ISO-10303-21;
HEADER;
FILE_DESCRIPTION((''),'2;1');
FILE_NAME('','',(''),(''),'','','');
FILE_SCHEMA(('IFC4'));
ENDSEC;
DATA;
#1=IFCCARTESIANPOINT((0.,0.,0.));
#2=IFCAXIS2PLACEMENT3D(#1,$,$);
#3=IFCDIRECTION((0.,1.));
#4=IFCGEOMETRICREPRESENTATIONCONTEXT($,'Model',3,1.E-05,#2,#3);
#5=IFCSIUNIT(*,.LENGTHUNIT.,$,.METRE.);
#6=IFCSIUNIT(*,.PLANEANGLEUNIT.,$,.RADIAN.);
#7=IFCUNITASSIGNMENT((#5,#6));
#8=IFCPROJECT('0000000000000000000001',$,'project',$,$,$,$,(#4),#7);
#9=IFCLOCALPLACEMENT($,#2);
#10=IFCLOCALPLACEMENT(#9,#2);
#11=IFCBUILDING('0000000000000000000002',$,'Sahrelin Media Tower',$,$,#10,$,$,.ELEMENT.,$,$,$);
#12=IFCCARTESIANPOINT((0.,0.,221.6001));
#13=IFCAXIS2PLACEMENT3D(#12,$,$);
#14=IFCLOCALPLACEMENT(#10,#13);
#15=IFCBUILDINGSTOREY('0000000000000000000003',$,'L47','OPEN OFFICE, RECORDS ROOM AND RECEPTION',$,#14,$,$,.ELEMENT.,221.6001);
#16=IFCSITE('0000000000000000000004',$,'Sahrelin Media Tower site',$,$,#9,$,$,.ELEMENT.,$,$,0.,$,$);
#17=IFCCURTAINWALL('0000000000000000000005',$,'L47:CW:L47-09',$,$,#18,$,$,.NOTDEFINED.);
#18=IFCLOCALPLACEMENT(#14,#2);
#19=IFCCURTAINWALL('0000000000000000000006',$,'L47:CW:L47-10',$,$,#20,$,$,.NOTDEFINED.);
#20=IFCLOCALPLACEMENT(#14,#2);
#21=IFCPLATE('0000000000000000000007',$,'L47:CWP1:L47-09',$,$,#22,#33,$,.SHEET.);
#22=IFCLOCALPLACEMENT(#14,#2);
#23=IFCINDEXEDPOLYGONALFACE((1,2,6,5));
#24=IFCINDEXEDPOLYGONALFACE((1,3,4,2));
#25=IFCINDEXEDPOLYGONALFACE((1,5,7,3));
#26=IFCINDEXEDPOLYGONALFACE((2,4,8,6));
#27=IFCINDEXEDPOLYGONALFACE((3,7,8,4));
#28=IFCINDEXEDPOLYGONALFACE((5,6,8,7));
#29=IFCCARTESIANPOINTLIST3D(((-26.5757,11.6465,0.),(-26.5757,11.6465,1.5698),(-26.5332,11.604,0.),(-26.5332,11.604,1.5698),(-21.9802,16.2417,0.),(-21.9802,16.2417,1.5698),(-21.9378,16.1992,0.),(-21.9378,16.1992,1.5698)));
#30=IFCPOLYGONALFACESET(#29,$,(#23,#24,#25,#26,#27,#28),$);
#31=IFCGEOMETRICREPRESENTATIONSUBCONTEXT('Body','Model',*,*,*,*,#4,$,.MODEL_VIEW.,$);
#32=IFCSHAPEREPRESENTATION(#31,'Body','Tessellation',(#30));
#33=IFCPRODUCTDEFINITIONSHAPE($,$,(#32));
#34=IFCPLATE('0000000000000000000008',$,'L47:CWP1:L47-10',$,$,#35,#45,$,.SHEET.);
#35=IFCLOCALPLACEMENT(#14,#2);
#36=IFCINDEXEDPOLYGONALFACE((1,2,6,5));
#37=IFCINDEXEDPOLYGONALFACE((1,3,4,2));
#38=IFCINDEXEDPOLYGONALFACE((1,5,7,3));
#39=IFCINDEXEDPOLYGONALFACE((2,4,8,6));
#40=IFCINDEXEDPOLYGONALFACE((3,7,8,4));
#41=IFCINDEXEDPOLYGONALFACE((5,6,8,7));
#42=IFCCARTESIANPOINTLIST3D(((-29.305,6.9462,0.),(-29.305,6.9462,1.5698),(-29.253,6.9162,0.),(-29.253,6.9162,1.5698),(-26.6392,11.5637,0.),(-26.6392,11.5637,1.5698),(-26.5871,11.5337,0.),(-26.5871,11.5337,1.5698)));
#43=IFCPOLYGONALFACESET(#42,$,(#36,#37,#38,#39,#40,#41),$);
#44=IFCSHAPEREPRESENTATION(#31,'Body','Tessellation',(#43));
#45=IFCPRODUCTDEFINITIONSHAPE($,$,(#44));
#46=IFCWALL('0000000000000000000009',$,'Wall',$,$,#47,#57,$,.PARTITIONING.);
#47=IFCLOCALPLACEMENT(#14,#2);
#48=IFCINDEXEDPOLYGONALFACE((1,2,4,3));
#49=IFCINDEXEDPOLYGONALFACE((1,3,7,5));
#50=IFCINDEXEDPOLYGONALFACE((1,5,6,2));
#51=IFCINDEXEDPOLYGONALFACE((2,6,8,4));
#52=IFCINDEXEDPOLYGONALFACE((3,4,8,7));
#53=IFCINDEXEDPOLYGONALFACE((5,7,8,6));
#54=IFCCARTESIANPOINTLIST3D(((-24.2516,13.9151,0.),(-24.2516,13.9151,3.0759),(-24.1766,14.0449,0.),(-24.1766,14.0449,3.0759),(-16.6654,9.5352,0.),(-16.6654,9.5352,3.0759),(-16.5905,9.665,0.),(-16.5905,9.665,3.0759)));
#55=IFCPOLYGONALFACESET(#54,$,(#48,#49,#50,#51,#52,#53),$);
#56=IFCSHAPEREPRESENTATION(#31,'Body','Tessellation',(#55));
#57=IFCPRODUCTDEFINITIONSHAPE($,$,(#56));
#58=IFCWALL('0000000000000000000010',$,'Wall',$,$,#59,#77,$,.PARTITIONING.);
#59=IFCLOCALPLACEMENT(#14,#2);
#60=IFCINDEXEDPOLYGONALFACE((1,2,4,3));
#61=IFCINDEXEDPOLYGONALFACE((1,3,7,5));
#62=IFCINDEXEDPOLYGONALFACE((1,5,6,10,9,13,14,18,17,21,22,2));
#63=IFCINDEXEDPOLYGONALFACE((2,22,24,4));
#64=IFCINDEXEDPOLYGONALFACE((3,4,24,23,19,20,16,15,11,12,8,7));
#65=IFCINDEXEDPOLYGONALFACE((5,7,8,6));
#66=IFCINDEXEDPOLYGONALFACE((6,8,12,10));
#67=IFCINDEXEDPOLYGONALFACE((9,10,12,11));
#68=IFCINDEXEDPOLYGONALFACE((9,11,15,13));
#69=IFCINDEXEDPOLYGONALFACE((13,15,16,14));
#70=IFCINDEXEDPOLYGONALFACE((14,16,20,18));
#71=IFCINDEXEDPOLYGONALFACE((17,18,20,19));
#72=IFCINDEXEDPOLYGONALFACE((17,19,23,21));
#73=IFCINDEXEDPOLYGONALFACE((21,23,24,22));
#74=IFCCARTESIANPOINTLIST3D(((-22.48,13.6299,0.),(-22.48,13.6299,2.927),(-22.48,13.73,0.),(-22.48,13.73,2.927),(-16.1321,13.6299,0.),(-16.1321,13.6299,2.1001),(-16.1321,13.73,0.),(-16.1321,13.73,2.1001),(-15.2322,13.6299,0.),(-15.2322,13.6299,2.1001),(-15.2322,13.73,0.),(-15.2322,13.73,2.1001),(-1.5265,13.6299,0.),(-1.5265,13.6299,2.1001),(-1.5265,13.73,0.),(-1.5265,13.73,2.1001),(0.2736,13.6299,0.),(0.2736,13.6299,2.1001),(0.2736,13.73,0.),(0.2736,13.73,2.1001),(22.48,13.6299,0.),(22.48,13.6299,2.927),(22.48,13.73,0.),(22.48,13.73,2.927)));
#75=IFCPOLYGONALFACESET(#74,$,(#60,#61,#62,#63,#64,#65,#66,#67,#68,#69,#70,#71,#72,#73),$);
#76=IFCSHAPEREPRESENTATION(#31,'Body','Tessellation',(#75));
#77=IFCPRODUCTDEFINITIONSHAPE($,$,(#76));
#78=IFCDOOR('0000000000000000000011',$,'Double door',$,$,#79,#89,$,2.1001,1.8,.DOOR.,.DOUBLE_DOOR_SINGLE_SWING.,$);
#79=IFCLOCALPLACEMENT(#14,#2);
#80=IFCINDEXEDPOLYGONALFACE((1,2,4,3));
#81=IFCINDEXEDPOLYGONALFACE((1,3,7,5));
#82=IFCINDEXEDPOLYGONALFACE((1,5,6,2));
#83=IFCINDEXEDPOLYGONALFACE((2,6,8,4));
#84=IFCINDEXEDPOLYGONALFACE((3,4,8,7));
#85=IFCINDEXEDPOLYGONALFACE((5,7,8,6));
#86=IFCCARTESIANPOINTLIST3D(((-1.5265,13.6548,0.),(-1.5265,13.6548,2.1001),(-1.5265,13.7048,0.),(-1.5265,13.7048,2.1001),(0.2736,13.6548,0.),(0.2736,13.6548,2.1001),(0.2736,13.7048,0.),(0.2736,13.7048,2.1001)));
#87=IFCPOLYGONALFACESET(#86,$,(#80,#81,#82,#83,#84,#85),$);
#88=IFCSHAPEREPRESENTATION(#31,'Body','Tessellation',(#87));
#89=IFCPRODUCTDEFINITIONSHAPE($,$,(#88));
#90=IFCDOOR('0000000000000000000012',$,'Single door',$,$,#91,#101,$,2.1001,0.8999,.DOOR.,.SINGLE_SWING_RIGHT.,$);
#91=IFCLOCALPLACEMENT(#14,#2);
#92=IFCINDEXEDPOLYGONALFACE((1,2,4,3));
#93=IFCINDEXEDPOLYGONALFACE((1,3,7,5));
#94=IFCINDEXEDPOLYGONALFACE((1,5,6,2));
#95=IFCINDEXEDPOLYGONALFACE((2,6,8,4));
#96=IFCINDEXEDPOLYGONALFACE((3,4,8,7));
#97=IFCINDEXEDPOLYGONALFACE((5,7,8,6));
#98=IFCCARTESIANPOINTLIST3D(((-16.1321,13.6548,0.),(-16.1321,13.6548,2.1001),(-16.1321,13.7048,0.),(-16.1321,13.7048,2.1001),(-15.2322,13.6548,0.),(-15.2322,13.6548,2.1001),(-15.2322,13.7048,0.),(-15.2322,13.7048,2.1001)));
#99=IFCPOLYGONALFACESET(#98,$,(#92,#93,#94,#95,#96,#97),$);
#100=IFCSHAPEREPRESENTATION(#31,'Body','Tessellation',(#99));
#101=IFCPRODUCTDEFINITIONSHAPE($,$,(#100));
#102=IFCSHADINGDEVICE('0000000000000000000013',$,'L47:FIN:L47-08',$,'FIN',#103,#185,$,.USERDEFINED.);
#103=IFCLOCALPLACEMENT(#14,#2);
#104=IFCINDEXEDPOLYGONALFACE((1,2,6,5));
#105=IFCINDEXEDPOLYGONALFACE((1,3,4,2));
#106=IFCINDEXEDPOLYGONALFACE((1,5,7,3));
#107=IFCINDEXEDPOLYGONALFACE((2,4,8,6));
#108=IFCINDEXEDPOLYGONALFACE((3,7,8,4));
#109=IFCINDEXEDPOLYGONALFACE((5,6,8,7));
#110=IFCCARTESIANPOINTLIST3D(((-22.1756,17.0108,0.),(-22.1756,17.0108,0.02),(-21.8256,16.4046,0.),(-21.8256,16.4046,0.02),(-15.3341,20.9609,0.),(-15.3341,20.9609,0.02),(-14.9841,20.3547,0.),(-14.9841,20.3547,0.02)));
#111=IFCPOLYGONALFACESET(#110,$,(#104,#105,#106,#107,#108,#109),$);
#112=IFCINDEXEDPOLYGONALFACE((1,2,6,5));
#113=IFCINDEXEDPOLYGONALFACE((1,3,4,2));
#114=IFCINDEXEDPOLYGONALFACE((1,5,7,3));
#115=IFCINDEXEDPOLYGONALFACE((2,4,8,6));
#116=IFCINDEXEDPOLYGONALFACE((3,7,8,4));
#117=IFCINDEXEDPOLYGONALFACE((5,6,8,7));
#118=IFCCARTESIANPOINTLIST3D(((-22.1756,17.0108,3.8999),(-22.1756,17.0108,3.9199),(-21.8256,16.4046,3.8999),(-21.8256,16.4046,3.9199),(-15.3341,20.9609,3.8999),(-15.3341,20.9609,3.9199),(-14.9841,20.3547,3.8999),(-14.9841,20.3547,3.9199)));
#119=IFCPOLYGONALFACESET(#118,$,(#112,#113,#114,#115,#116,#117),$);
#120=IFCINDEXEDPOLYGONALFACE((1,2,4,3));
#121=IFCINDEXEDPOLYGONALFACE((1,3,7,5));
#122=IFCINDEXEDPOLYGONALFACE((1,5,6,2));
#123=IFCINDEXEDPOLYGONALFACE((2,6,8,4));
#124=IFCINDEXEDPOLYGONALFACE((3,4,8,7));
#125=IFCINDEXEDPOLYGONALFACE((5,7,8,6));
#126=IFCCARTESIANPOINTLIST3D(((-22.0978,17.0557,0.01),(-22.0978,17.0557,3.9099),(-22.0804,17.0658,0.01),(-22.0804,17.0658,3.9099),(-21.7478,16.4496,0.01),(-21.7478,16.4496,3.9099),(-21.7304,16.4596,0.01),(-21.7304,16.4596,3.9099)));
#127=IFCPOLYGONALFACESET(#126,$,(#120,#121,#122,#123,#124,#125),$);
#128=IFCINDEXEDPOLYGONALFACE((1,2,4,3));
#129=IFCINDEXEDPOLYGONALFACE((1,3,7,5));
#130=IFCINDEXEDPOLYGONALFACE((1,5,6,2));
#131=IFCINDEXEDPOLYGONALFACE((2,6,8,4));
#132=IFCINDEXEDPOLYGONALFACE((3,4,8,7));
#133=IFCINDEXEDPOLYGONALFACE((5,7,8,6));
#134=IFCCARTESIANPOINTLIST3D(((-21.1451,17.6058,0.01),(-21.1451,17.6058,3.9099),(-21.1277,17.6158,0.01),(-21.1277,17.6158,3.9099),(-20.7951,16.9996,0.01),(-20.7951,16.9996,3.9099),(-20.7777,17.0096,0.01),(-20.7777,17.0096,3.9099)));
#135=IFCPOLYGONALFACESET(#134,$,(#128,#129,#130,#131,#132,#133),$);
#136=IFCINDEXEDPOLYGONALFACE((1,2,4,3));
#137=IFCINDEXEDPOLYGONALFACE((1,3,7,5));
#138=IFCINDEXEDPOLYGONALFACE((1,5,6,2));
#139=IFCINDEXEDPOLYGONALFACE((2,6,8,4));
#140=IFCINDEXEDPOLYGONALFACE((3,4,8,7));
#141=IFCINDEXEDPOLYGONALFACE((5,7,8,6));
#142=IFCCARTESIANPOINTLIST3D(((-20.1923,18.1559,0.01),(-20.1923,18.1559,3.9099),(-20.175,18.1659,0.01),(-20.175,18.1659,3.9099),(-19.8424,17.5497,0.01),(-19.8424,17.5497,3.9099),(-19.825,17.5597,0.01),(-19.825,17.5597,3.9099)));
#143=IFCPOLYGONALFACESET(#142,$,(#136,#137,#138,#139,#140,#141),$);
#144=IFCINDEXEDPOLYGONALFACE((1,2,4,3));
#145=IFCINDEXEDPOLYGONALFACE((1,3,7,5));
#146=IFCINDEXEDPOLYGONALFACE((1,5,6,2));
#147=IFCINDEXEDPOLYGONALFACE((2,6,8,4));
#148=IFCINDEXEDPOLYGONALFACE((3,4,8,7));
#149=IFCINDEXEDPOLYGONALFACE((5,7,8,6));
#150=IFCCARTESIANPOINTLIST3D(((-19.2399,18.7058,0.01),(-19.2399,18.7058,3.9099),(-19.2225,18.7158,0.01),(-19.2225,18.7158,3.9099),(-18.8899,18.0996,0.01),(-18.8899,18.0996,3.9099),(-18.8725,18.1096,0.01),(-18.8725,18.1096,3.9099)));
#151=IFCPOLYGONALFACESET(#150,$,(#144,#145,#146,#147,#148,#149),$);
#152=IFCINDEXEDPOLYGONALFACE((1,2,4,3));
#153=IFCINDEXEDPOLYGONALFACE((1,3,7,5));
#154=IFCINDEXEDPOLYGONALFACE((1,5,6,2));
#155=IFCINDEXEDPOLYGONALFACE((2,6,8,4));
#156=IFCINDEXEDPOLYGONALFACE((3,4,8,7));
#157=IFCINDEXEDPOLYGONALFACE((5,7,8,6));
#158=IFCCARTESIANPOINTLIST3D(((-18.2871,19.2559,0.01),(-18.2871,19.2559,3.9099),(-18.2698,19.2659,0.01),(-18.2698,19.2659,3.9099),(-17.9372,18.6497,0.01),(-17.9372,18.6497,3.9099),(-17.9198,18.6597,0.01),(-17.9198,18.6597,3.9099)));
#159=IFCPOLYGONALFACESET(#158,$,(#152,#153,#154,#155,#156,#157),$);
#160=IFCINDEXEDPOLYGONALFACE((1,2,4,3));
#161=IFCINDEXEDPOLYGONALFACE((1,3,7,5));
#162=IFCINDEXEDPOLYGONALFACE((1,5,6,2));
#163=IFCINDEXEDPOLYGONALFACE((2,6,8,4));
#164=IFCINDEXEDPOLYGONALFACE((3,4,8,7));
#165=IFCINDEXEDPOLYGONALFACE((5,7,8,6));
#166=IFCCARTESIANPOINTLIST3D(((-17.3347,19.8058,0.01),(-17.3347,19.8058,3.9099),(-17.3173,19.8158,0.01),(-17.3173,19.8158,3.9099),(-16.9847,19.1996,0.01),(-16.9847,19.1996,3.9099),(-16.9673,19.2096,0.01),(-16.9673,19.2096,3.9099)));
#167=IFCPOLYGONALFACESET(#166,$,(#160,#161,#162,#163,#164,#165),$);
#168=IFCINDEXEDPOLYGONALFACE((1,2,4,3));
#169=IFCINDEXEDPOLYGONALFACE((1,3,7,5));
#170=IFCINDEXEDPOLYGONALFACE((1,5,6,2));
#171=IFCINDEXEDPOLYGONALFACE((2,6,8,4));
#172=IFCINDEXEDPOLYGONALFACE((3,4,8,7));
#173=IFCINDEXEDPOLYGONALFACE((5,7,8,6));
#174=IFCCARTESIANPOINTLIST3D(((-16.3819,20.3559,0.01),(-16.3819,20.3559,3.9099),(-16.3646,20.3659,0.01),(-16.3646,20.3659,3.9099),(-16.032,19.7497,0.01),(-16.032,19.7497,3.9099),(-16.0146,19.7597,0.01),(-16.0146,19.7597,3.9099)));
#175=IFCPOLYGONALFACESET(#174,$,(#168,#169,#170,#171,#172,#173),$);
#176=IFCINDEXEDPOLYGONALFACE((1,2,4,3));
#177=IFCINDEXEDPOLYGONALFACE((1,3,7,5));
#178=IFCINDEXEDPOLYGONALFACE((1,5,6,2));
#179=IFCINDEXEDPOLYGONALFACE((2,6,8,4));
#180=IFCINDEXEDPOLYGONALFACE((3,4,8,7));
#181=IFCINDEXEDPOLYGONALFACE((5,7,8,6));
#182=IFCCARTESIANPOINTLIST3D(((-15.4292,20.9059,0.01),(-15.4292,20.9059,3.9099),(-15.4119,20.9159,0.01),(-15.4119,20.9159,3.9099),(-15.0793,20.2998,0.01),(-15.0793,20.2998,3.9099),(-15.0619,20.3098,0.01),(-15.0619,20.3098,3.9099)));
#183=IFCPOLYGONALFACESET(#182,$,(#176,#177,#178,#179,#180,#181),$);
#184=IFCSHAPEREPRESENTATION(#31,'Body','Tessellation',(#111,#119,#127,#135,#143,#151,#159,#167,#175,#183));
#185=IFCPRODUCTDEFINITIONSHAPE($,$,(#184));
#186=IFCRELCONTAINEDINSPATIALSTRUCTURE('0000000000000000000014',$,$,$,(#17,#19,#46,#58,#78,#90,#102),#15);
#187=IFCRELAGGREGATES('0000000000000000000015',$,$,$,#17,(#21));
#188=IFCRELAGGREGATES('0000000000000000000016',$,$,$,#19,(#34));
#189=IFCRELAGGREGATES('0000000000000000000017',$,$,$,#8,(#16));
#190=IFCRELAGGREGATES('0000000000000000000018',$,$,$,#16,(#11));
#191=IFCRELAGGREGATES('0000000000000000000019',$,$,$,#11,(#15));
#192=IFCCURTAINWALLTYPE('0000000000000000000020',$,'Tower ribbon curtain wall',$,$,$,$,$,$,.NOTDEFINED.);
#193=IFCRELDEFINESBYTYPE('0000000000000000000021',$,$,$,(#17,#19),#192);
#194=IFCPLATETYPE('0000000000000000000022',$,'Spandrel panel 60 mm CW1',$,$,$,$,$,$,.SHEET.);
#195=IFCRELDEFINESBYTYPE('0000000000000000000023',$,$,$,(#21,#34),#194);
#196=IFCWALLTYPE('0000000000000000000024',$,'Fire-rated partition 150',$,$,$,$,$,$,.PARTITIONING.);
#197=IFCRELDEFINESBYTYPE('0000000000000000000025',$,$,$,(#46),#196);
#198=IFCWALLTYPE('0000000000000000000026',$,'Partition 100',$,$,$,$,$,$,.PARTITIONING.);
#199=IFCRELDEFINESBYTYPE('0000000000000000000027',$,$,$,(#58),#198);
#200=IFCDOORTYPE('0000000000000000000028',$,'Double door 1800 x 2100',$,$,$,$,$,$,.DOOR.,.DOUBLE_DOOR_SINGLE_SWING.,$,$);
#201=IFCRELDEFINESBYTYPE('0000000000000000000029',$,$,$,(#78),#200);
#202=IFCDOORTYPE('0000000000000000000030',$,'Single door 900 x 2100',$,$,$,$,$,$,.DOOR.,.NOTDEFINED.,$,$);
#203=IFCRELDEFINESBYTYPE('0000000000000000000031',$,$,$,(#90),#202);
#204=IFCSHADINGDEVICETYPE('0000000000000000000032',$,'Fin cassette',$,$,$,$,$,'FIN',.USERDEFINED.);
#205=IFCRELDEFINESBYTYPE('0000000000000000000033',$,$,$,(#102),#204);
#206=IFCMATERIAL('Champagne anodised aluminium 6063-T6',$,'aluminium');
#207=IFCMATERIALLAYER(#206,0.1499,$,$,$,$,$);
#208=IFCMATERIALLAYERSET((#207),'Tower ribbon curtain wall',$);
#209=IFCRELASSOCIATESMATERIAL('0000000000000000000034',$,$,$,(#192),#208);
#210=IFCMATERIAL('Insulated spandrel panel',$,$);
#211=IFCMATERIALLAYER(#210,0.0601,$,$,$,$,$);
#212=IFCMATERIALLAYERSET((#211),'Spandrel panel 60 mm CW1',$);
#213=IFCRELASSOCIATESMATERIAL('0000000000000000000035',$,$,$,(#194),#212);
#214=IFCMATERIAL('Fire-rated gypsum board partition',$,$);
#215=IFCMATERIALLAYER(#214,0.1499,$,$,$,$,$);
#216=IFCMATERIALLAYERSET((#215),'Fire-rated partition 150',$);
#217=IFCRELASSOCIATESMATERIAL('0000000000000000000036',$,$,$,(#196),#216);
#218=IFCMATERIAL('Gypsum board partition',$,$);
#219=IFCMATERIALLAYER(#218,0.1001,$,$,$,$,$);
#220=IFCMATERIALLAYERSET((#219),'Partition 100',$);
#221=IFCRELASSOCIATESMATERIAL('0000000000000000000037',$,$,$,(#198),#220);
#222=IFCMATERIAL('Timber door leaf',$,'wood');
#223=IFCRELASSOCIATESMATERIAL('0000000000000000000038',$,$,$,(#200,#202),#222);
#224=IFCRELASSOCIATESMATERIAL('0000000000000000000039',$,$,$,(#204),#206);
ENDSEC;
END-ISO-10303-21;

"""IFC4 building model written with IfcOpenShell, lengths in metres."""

from ifc_helpers import new_model, si_unit, direction, frame, frame_2d, origin, origin_2d, place, context, subcontext, project, spatial, polyline, rectangle, outline, extrude, material, layer, layer_set, type_object, element, fill, aggregate, save


model = new_model("IFC4")

# Units and contexts
model_context = context("Model", 3, precision=1e-05, world=origin(), true_north=direction((0.0, 1.0)))
body_context = subcontext(model_context, "Body", "Model", "MODEL_VIEW")
ifc_project = project(units=[si_unit("LENGTHUNIT", "METRE"), si_unit("PLANEANGLEUNIT", "RADIAN")], contexts=[model_context])

# Site, building, storey
site_placement = place(None, origin())
site = spatial("IfcSite", under=ifc_project, at=site_placement, Name="Sahrelin Media Tower site", CompositionType="ELEMENT", RefElevation=0.0)
building_placement = place(site_placement, origin())
building = spatial("IfcBuilding", under=site, at=building_placement, Name="Sahrelin Media Tower", CompositionType="ELEMENT")
storey_placement = place(building_placement, frame((0.0, 0.0, 221.6001)))
storey = spatial("IfcBuildingStorey", under=building, at=storey_placement, Name="L47", Description="OPEN OFFICE, RECORDS ROOM AND RECEPTION", CompositionType="ELEMENT", Elevation=221.6001)

# Curtain wall
ifc_material_1 = material(Name="Champagne anodised aluminium 6063-T6", Category="aluminium")
ifc_layer_1 = layer(ifc_material_1, 0.1499)
ifc_layer_set_1 = layer_set([ifc_layer_1], Name="Tower ribbon curtain wall")
curtain_wall_type = type_object("IfcCurtainWallType", Name="Tower ribbon curtain wall", PredefinedType="NOTDEFINED", material=ifc_layer_set_1)
curtain_wall_1_placement = place(storey_placement, frame((-24.2639, 13.9299, 0.0), z_axis=(0.0, 0.0, 1.0), x_axis=(1.0, 0.0, 0.0)))
curtain_wall_1 = element("IfcCurtainWall", 1, at=curtain_wall_1_placement, inside=storey, type_object=curtain_wall_type, Name="L47:CW:L47-09", PredefinedType="NOTDEFINED")

# Curtain wall
curtain_wall_2_placement = place(storey_placement, frame((-27.9548, 9.2451, 0.0), z_axis=(0.0, 0.0, 1.0), x_axis=(1.0, 0.0, 0.0)))
curtain_wall_2 = element("IfcCurtainWall", 2, at=curtain_wall_2_placement, inside=storey, type_object=curtain_wall_type, Name="L47:CW:L47-10", PredefinedType="NOTDEFINED")

# Plates
ifc_material_2 = material(Name="Insulated spandrel panel")
ifc_layer_2 = layer(ifc_material_2, 0.0601)
ifc_layer_set_2 = layer_set([ifc_layer_2], Name="Spandrel panel 60 mm CW1")
plate_type_1 = type_object("IfcPlateType", Name="Spandrel panel 60 mm CW1", PredefinedType="SHEET", material=ifc_layer_set_2)
plate_1_placement = place(storey_placement, frame((-21.9802, 16.2417, 0.0), z_axis=(-0.707088, 0.707126, 0.0), x_axis=(-0.707126, -0.707088, 0.0)))
plate_1 = element("IfcPlate", 3, at=plate_1_placement, type_object=plate_type_1, Name="L47:CWP1:L47-09", PredefinedType="SHEET", context=body_context, shape_type="SweptSolid", body=[
    extrude(outline(polyline([(0.0, 0.0), (6.4988, 0.0), (6.4988, 1.5698), (0.0, 1.5698), (0.0, 0.0)])), origin(), (0.0, 0.0, -1.0), 0.0601),
])
aggregate(curtain_wall_1, [plate_1])
plate_2_placement = place(storey_placement, frame((-26.6392, 11.5637, 0.0), z_axis=(-0.866034, 0.499985, 0.0), x_axis=(-0.499985, -0.866034, 0.0)))
plate_2 = element("IfcPlate", 4, at=plate_2_placement, type_object=plate_type_1, Name="L47:CWP1:L47-10", PredefinedType="SHEET", context=body_context, shape_type="SweptSolid", body=[
    extrude(outline(polyline([(0.0, 0.0), (5.3318, 0.0), (5.3318, 1.5698), (0.0, 1.5698), (0.0, 0.0)])), origin(), (0.0, 0.0, -1.0), 0.0601),
])
aggregate(curtain_wall_2, [plate_2])

# Wall
ifc_material_3 = material(Name="Fire-rated gypsum board partition")
ifc_layer_3 = layer(ifc_material_3, 0.1499)
ifc_layer_set_3 = layer_set([ifc_layer_3], Name="Fire-rated partition 150")
wall_type_1 = type_object("IfcWallType", Name="Fire-rated partition 150", PredefinedType="PARTITIONING", material=ifc_layer_set_3)
wall_1_placement = place(storey_placement, frame((-24.2141, 13.98, 0.0), z_axis=(0.0, 0.0, 1.0), x_axis=(0.866025, -0.5, 0.0)))
element("IfcWall", 5, at=wall_1_placement, inside=storey, type_object=wall_type_1, Name="Wall", PredefinedType="PARTITIONING", context=body_context, shape_type="SweptSolid", body=[
    extrude(rectangle(XDim=8.7598, YDim=0.1499, at=frame_2d((4.3799, 0.0))), origin(), (0.0, 0.0, 1.0), 3.0759),
])

# Wall, openings, doors
ifc_material_4 = material(Name="Gypsum board partition")
ifc_layer_4 = layer(ifc_material_4, 0.1001)
ifc_layer_set_4 = layer_set([ifc_layer_4], Name="Partition 100")
wall_type_2 = type_object("IfcWallType", Name="Partition 100", PredefinedType="PARTITIONING", material=ifc_layer_set_4)
wall_2_placement = place(storey_placement, frame((-22.48, 13.6799, 0.0), z_axis=(0.0, 0.0, 1.0), x_axis=(1.0, 0.0, 0.0)))
wall_2 = element("IfcWall", 6, at=wall_2_placement, inside=storey, type_object=wall_type_2, Name="Wall", PredefinedType="PARTITIONING", context=body_context, shape_type="SweptSolid", body=[
    extrude(rectangle(XDim=44.96, YDim=0.1001, at=frame_2d((22.48, 0.0))), origin(), (0.0, 0.0, 1.0), 2.927),
])
opening_1_placement = place(wall_2_placement, frame((20.9536, 0.0, 0.0)))
opening_1 = element("IfcOpeningElement", 7, at=opening_1_placement, cuts=wall_2, PredefinedType="OPENING", context=body_context, shape_type="SweptSolid", body=[
    extrude(rectangle(XDim=1.8, YDim=2.1001, at=frame_2d((0.8999, 1.05))), frame((0.0, 0.05, 0.0), z_axis=(0.0, -1.0, 0.0), x_axis=(1.0, 0.0, 0.0)), (0.0, 0.0, 1.0), 0.1001),
])
opening_2_placement = place(wall_2_placement, frame((6.3479, 0.0, 0.0)))
opening_2 = element("IfcOpeningElement", 8, at=opening_2_placement, cuts=wall_2, PredefinedType="OPENING", context=body_context, shape_type="SweptSolid", body=[
    extrude(rectangle(XDim=0.8999, YDim=2.1001, at=frame_2d((0.45, 1.05))), frame((0.0, 0.05, 0.0), z_axis=(0.0, -1.0, 0.0), x_axis=(1.0, 0.0, 0.0)), (0.0, 0.0, 1.0), 0.1001),
])
ifc_material_5 = material(Name="Timber door leaf", Category="wood")
door_type_1 = type_object("IfcDoorType", Name="Double door 1800 x 2100", OperationType="DOUBLE_DOOR_SINGLE_SWING", PredefinedType="DOOR", material=ifc_material_5)
door_1_placement = place(opening_1_placement, origin())
door_1 = element("IfcDoor", 9, at=door_1_placement, inside=storey, type_object=door_type_1, Name="Double door", OperationType="DOUBLE_DOOR_SINGLE_SWING", OverallHeight=2.1001, OverallWidth=1.8, PredefinedType="DOOR", context=body_context, shape_type="SweptSolid", body=[
    extrude(rectangle(XDim=1.8, YDim=2.1001, at=frame_2d((0.8999, 1.05))), frame((0.0, 0.0249, 0.0), z_axis=(0.0, -1.0, 0.0), x_axis=(1.0, 0.0, 0.0)), (0.0, 0.0, 1.0), 0.05),
])
fill(opening_1, door_1)
door_type_2 = type_object("IfcDoorType", Name="Single door 900 x 2100", OperationType="NOTDEFINED", PredefinedType="DOOR", material=ifc_material_5)
door_2_placement = place(opening_2_placement, origin())
door_2 = element("IfcDoor", 10, at=door_2_placement, inside=storey, type_object=door_type_2, Name="Single door", OperationType="SINGLE_SWING_RIGHT", OverallHeight=2.1001, OverallWidth=0.8999, PredefinedType="DOOR", context=body_context, shape_type="SweptSolid", body=[
    extrude(rectangle(XDim=0.8999, YDim=2.1001, at=frame_2d((0.45, 1.05))), frame((0.0, 0.0249, 0.0), z_axis=(0.0, -1.0, 0.0), x_axis=(1.0, 0.0, 0.0)), (0.0, 0.0, 1.0), 0.05),
])
fill(opening_2, door_2)

# Shading device
shading_device_type_1 = type_object("IfcShadingDeviceType", Name="Fin cassette", ElementType="FIN", PredefinedType="USERDEFINED", material=ifc_material_1)
placement_1 = place(storey_placement, frame((-18.3699, 18.3191, 0.0), z_axis=(0.0, 0.0, 1.0), x_axis=(0.866019, 0.500011, 0.0)))
element("IfcShadingDevice", 11, at=placement_1, inside=storey, type_object=shading_device_type_1, Name="L47:FIN:L47-08", ObjectType="FIN", PredefinedType="USERDEFINED", context=body_context, shape_type="SweptSolid", body=[
    extrude(rectangle(XDim=7.8999, YDim=0.7, at=origin_2d()), frame((0.0, 0.4199, 0.0)), (0.0, 0.0, 1.0), 0.02),
    extrude(rectangle(XDim=7.8999, YDim=0.7, at=origin_2d()), frame((0.0, 0.4199, 3.8999)), (0.0, 0.0, 1.0), 0.02),
    extrude(rectangle(XDim=0.02, YDim=0.7, at=origin_2d()), frame((-3.8501, 0.4199, 0.01), z_axis=(0.0, 0.0, 1.0), x_axis=(1.0, 0.0, 0.0)), (0.0, 0.0, 1.0), 3.8999),
    extrude(rectangle(XDim=0.02, YDim=0.7, at=origin_2d()), frame((-2.75, 0.4199, 0.01), z_axis=(0.0, 0.0, 1.0), x_axis=(1.0, 0.0, 0.0)), (0.0, 0.0, 1.0), 3.8999),
    extrude(rectangle(XDim=0.02, YDim=0.7, at=origin_2d()), frame((-1.6499, 0.4199, 0.01), z_axis=(0.0, 0.0, 1.0), x_axis=(1.0, 0.0, 0.0)), (0.0, 0.0, 1.0), 3.8999),
    extrude(rectangle(XDim=0.02, YDim=0.7, at=origin_2d()), frame((-0.55, 0.4199, 0.01), z_axis=(0.0, 0.0, 1.0), x_axis=(1.0, 0.0, 0.0)), (0.0, 0.0, 1.0), 3.8999),
    extrude(rectangle(XDim=0.02, YDim=0.7, at=origin_2d()), frame((0.55, 0.4199, 0.01), z_axis=(0.0, 0.0, 1.0), x_axis=(1.0, 0.0, 0.0)), (0.0, 0.0, 1.0), 3.8999),
    extrude(rectangle(XDim=0.02, YDim=0.7, at=origin_2d()), frame((1.6499, 0.4199, 0.01), z_axis=(0.0, 0.0, 1.0), x_axis=(1.0, 0.0, 0.0)), (0.0, 0.0, 1.0), 3.8999),
    extrude(rectangle(XDim=0.02, YDim=0.7, at=origin_2d()), frame((2.75, 0.4199, 0.01), z_axis=(0.0, 0.0, 1.0), x_axis=(1.0, 0.0, 0.0)), (0.0, 0.0, 1.0), 3.8999),
    extrude(rectangle(XDim=0.02, YDim=0.7, at=origin_2d()), frame((3.8501, 0.4199, 0.01), z_axis=(0.0, 0.0, 1.0), x_axis=(1.0, 0.0, 0.0)), (0.0, 0.0, 1.0), 3.8999),
])

save(model, "model.ifc")
